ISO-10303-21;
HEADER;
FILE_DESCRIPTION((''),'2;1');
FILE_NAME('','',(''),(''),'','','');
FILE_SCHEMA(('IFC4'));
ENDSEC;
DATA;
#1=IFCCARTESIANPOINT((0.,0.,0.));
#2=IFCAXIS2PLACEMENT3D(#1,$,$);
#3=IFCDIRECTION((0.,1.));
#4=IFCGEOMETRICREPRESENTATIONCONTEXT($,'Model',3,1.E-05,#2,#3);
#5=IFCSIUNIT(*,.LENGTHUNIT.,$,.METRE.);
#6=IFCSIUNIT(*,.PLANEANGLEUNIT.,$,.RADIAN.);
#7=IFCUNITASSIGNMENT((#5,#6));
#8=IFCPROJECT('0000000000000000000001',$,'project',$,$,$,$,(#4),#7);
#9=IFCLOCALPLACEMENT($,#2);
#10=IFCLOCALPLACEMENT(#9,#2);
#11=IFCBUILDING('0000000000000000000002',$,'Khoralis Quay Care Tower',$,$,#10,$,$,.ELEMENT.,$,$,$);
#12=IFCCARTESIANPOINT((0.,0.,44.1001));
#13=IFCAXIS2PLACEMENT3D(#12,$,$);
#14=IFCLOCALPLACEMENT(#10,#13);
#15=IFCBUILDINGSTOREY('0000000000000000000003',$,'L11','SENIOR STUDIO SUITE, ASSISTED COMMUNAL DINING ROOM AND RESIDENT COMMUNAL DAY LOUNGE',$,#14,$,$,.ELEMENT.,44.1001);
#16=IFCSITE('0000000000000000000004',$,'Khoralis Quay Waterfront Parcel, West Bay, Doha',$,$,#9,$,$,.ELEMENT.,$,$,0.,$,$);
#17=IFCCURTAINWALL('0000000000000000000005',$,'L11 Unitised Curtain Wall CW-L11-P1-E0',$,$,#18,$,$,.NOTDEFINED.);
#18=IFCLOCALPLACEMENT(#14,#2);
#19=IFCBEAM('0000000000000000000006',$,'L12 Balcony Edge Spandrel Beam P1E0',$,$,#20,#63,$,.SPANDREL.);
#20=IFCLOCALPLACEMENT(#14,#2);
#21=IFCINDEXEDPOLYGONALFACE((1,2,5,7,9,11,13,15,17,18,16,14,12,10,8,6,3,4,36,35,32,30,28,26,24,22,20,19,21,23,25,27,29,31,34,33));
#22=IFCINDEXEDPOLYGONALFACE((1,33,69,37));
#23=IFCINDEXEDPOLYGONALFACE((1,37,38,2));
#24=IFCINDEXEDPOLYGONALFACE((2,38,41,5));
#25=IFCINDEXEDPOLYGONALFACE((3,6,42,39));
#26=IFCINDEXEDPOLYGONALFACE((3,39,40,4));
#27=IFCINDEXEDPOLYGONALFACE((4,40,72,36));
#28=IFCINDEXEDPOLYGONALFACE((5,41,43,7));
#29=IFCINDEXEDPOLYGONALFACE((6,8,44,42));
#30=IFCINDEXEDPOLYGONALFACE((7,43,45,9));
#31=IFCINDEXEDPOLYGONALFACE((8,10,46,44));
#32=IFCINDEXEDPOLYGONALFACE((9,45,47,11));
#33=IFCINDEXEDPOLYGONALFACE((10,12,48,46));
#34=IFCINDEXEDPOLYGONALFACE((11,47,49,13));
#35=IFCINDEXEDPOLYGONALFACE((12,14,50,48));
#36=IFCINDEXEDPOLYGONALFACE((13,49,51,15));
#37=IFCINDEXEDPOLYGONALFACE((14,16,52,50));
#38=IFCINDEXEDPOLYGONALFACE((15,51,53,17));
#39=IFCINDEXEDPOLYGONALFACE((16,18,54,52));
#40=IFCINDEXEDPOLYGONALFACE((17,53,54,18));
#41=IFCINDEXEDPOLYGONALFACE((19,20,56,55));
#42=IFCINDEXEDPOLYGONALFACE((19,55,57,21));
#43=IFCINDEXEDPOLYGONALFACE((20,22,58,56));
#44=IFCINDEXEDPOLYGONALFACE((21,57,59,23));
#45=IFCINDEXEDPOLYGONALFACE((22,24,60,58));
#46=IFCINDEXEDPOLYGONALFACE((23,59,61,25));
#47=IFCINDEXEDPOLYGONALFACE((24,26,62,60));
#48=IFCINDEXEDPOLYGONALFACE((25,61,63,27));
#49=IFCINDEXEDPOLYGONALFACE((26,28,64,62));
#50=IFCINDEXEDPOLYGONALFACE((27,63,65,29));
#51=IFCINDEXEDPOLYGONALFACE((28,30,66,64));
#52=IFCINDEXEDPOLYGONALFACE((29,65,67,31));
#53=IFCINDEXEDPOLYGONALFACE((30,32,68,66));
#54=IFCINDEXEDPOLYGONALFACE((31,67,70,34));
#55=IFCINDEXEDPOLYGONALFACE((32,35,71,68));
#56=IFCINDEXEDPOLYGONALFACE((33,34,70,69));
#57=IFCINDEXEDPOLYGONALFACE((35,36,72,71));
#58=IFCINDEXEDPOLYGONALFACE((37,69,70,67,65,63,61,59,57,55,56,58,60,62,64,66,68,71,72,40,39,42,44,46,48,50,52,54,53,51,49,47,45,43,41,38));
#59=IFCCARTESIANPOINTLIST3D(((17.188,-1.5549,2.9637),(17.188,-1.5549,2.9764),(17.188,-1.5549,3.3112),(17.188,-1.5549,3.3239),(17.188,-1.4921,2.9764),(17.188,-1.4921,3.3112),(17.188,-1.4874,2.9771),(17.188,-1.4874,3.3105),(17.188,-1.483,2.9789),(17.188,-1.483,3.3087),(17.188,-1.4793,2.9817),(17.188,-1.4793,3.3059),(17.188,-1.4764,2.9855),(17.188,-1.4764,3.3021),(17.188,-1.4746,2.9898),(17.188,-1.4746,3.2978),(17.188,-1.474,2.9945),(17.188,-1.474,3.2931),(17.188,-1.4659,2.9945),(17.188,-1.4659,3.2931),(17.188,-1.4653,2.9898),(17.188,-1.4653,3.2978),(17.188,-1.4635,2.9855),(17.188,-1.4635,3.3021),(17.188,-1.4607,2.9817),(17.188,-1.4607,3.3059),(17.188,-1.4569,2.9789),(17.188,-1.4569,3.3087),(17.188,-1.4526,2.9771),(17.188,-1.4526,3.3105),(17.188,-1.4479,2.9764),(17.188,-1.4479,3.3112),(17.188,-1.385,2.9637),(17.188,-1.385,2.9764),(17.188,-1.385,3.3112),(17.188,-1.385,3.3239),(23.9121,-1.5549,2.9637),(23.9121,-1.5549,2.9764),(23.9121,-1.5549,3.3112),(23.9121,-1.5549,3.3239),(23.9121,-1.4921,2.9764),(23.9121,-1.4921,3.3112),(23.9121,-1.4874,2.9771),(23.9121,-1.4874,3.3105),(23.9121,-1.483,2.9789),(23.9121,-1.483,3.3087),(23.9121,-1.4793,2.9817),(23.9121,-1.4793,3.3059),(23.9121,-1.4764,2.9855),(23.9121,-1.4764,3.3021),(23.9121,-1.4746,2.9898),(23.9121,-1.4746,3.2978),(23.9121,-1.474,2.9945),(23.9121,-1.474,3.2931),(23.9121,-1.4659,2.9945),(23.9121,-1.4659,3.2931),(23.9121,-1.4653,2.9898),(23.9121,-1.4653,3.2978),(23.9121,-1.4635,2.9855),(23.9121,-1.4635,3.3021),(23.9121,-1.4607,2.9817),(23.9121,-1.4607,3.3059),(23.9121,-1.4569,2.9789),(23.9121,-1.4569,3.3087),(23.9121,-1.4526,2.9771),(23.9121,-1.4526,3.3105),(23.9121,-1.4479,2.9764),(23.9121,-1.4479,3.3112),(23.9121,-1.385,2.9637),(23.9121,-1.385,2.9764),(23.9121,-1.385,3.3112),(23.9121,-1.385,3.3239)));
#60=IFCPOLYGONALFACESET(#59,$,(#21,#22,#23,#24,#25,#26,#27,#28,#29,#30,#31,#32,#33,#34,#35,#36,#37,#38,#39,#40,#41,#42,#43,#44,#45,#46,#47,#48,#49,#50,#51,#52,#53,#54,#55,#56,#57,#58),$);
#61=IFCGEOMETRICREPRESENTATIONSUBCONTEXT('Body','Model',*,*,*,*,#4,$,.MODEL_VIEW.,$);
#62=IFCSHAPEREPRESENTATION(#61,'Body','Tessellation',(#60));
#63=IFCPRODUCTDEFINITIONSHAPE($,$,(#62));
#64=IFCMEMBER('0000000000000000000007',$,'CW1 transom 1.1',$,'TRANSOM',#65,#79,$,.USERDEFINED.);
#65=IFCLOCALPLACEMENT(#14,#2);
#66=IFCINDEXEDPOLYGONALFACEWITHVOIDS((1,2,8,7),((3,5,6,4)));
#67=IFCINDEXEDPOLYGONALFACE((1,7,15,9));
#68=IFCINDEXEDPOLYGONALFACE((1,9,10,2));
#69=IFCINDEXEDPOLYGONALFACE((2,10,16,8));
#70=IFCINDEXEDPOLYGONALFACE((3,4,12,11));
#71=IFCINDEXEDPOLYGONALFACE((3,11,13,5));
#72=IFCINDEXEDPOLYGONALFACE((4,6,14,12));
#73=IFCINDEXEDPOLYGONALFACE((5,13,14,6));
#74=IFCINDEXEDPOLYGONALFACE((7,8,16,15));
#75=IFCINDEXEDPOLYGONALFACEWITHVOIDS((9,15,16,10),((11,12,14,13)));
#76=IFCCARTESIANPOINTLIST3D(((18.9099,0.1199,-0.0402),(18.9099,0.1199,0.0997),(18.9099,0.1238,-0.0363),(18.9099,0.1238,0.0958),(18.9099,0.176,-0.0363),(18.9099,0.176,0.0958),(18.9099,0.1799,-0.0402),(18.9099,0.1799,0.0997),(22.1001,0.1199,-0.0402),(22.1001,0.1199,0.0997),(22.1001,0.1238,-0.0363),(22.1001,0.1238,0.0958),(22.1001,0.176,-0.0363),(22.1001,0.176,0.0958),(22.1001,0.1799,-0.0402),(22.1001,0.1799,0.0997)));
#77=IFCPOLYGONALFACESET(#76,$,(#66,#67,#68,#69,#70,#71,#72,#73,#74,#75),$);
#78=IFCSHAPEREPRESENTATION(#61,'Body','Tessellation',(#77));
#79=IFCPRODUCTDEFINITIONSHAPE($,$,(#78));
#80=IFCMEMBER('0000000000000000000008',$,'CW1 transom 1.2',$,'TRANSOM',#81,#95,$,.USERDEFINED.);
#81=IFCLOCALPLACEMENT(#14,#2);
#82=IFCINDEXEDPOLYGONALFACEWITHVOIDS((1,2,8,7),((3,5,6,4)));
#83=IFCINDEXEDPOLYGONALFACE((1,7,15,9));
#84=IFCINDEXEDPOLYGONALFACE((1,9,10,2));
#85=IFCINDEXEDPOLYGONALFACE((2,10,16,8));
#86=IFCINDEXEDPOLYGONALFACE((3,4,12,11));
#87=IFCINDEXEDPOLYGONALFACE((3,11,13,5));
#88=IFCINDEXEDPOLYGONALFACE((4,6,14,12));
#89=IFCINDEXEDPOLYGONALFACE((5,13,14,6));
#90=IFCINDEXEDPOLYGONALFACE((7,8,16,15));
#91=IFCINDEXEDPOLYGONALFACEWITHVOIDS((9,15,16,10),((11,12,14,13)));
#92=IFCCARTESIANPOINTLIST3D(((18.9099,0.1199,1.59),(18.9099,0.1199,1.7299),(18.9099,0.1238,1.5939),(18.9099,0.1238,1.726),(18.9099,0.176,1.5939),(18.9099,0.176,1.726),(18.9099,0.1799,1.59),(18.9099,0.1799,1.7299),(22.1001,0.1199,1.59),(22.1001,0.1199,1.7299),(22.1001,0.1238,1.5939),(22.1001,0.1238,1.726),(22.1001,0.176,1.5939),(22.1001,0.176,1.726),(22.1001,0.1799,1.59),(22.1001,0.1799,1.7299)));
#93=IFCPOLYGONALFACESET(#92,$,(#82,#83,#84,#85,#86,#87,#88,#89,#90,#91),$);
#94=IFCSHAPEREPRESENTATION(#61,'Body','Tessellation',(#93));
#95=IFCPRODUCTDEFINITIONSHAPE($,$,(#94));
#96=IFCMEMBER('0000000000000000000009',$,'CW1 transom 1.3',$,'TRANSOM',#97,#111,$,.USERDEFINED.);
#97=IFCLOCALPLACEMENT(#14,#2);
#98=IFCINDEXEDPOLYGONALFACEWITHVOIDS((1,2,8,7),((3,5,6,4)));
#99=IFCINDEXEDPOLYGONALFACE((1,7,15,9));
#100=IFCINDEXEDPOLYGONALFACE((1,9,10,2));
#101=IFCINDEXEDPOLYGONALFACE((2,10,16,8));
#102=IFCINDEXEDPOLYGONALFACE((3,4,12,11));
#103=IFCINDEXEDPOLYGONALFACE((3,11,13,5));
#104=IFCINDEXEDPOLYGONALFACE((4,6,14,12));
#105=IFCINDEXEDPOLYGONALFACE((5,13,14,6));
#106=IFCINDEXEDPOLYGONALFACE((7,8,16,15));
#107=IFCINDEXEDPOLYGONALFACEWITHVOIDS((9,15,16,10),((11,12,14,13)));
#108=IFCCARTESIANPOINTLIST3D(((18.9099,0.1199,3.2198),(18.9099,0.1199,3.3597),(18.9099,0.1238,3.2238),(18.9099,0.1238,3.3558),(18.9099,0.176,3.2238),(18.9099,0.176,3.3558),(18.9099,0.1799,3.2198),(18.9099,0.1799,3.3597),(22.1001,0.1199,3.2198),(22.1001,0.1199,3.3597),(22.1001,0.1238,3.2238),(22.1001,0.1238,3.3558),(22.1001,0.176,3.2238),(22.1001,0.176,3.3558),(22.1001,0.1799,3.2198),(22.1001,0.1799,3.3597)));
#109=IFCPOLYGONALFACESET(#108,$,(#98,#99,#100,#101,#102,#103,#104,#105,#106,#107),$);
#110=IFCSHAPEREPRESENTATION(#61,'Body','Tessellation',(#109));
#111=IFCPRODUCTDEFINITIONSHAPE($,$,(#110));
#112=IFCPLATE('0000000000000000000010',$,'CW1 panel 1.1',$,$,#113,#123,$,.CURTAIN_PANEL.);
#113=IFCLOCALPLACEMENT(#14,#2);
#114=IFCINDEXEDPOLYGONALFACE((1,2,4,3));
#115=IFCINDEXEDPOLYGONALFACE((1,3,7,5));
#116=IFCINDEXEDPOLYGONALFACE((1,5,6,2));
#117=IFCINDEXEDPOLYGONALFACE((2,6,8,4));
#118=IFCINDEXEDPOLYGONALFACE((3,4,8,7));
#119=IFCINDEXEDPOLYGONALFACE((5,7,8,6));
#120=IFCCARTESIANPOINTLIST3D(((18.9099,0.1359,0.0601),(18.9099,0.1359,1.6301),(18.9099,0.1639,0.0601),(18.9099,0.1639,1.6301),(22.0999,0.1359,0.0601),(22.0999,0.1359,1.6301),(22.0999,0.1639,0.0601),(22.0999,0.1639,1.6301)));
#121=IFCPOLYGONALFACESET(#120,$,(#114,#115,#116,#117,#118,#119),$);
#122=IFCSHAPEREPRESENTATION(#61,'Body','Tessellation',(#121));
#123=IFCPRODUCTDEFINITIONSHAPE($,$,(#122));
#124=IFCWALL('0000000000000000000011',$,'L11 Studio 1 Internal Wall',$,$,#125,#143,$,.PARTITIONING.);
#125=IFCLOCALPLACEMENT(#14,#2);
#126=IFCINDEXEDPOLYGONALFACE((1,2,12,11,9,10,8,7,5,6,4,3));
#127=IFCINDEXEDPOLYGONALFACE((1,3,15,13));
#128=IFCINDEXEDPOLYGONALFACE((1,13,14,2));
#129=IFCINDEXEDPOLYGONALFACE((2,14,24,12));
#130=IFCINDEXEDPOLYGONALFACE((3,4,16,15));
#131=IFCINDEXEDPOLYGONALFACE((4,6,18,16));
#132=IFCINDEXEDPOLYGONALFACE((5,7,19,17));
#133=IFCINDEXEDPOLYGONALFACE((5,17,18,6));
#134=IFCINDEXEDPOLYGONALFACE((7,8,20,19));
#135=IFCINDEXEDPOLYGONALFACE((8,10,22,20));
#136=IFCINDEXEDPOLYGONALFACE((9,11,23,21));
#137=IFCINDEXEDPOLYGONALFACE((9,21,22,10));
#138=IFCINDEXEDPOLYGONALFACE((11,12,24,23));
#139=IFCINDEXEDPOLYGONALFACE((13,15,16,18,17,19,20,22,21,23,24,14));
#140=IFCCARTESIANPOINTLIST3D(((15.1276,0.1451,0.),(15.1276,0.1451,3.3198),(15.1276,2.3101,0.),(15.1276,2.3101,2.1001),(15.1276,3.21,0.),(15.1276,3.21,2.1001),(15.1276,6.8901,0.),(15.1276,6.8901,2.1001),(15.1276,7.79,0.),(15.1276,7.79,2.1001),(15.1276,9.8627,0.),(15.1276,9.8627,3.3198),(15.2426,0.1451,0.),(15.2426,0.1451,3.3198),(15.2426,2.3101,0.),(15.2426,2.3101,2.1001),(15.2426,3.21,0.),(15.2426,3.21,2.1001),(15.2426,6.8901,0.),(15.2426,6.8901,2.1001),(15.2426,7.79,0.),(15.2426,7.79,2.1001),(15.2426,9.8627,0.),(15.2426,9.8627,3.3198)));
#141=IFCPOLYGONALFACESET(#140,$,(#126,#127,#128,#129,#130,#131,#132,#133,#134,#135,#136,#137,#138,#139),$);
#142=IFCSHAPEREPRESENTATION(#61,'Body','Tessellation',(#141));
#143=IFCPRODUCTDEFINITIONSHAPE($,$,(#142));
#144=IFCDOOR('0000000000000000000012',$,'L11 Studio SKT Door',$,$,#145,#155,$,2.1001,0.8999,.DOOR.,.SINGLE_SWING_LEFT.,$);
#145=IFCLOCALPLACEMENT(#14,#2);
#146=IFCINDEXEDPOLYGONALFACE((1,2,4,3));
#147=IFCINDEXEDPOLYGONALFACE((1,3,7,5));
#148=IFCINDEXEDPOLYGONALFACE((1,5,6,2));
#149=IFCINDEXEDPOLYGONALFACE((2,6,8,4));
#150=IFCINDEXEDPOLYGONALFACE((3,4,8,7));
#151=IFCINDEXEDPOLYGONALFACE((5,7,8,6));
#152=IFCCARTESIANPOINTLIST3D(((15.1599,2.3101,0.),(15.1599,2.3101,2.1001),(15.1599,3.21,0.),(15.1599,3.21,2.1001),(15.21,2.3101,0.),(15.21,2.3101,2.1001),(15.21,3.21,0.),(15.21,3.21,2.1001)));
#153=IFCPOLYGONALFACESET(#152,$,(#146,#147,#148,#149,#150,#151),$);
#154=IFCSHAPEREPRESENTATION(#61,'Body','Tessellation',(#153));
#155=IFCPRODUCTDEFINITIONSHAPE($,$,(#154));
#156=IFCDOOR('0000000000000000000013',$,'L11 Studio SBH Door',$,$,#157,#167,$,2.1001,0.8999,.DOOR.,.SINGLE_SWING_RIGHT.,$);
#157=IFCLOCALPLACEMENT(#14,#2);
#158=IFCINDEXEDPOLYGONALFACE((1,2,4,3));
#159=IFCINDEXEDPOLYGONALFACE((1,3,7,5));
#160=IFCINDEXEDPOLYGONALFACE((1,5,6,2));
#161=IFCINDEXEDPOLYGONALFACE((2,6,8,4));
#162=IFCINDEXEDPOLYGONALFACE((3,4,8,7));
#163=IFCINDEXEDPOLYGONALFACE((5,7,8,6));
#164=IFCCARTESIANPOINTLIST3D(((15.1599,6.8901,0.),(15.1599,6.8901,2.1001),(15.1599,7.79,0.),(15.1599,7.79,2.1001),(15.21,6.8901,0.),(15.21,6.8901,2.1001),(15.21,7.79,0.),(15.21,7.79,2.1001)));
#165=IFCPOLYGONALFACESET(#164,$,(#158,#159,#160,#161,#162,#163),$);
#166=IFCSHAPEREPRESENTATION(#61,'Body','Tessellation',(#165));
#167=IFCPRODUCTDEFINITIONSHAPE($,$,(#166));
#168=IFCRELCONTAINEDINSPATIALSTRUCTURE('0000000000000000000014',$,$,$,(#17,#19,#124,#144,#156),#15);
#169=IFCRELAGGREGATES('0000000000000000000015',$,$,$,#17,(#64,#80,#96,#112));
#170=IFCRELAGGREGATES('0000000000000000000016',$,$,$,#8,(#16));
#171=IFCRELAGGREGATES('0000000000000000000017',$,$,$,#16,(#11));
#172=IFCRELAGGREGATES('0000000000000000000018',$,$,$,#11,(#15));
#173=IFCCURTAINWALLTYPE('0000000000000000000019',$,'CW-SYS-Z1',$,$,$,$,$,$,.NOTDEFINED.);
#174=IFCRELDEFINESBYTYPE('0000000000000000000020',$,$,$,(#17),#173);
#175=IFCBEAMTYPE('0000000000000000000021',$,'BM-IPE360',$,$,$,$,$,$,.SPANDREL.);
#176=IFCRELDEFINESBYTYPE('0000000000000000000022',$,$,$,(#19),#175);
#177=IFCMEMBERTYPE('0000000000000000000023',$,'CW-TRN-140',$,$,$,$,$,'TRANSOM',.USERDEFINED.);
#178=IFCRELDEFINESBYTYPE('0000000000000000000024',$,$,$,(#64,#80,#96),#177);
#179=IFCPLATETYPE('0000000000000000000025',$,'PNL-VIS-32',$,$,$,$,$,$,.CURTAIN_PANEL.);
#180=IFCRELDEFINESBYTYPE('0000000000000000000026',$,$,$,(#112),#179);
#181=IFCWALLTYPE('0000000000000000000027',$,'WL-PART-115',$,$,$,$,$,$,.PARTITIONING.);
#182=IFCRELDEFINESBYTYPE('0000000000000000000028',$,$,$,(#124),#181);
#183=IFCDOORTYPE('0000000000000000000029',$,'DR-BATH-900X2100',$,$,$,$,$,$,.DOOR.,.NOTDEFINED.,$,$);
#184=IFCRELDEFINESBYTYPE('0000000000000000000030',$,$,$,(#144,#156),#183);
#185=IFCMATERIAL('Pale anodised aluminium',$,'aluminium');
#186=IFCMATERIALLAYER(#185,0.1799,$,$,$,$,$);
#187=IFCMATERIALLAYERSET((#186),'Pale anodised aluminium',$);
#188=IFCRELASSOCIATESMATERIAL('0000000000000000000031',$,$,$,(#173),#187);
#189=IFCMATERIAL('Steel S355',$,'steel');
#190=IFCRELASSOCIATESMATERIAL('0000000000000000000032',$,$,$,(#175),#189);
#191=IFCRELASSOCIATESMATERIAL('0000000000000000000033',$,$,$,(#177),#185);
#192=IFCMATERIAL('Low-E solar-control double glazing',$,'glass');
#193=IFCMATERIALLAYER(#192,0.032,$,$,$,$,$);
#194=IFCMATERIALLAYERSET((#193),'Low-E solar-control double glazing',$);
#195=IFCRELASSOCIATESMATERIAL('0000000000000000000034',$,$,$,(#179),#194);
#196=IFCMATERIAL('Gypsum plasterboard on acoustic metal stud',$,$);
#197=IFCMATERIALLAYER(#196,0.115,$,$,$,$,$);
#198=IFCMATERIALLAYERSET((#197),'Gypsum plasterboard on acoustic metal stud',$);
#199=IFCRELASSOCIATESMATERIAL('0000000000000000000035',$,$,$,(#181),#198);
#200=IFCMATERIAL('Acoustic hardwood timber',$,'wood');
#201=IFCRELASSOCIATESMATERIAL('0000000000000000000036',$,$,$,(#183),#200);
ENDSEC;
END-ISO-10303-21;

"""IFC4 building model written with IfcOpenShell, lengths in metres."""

from ifc_helpers import new_model, si_unit, direction, frame, frame_2d, origin, origin_2d, place, context, subcontext, project, spatial, rectangle, hollow_rectangle, i_section, extrude, source, transform, mapped, material, layer, layer_set, material_profile, profile_set, type_object, element, fill, aggregate, save


model = new_model("IFC4")

# Units and contexts
model_context = context("Model", 3, precision=1e-05, world=origin(), true_north=direction((0.0, 1.0)))
body_context = subcontext(model_context, "Body", "Model", "MODEL_VIEW")
ifc_project = project(units=[si_unit("LENGTHUNIT", "METRE"), si_unit("PLANEANGLEUNIT", "RADIAN")], contexts=[model_context])

# Site, building, storey
site_placement = place(None, origin())
site = spatial("IfcSite", under=ifc_project, at=site_placement, Name="Khoralis Quay Waterfront Parcel, West Bay, Doha", CompositionType="ELEMENT", RefElevation=0.0)
building_placement = place(site_placement, origin())
building = spatial("IfcBuilding", under=site, at=building_placement, Name="Khoralis Quay Care Tower", CompositionType="ELEMENT")
storey_placement = place(building_placement, frame((0.0, 0.0, 44.1001)))
storey = spatial("IfcBuildingStorey", under=building, at=storey_placement, Name="L11", Description="SENIOR STUDIO SUITE, ASSISTED COMMUNAL DINING ROOM AND RESIDENT COMMUNAL DAY LOUNGE", CompositionType="ELEMENT", Elevation=44.1001)

# Shared definitions
ifc_material_1 = material(Name="Steel S355", Category="steel")

# Curtain wall
ifc_material_2 = material(Name="Pale anodised aluminium", Category="aluminium")
ifc_layer_1 = layer(ifc_material_2, 0.1799)
ifc_layer_set_1 = layer_set([ifc_layer_1], Name="Pale anodised aluminium")
curtain_wall_type = type_object("IfcCurtainWallType", Name="CW-SYS-Z1", PredefinedType="NOTDEFINED", material=ifc_layer_set_1)
curtain_wall_placement = place(storey_placement, origin())
curtain_wall = element("IfcCurtainWall", 1, at=curtain_wall_placement, inside=storey, type_object=curtain_wall_type, Name="L11 Unitised Curtain Wall CW-L11-P1-E0", PredefinedType="NOTDEFINED")

# Beam
ifc_material_profile_1 = material_profile(ifc_material_1, i_section(OverallWidth=0.1699, OverallDepth=0.3601, WebThickness=0.0081, FlangeThickness=0.0127, FilletRadius=0.0181, at=origin_2d()), Name="Steel S355")
ifc_profile_set_1 = profile_set([ifc_material_profile_1], Name="Steel S355")
beam_type_1 = type_object("IfcBeamType", Name="BM-IPE360", PredefinedType="SPANDREL", material=ifc_profile_set_1)
shared_shape_1 = source(origin(), body_context, "Body", "SweptSolid", [
    extrude(i_section(OverallWidth=0.1699, OverallDepth=0.3601, WebThickness=0.0081, FlangeThickness=0.0127, FilletRadius=0.0181, at=origin_2d()), origin(), (0.0, 0.0, 1.0), 6.7241),
])
beam_1_placement = place(storey_placement, frame((17.188, -1.47, 3.1438), z_axis=(1.0, 0.0, 0.0), x_axis=(0.0, 1.0, 0.0)))
element("IfcBeam", 2, at=beam_1_placement, inside=storey, type_object=beam_type_1, Name="L12 Balcony Edge Spandrel Beam P1E0", PredefinedType="SPANDREL", context=body_context, shape_type="MappedRepresentation", body=[
    mapped(shared_shape_1, transform((0.0, 0.0, 0.0), scale=1.0)),
])

# Members
ifc_material_profile_2 = material_profile(ifc_material_2, hollow_rectangle(XDim=0.0601, YDim=0.1399, WallThickness=0.0039, at=origin_2d()), Name="Pale anodised aluminium")
ifc_profile_set_2 = profile_set([ifc_material_profile_2], Name="Pale anodised aluminium")
member_type_1 = type_object("IfcMemberType", Name="CW-TRN-140", ElementType="TRANSOM", PredefinedType="USERDEFINED", material=ifc_profile_set_2)
shared_shape_2 = source(origin(), body_context, "Body", "SweptSolid", [
    extrude(hollow_rectangle(XDim=0.0601, YDim=0.1399, WallThickness=0.0039, at=origin_2d()), origin(), (0.0, 0.0, 1.0), 3.1902),
])
member_1_placement = place(storey_placement, frame((18.9099, 0.1499, 0.0298), z_axis=(1.0, 0.0, 0.0), x_axis=(0.0, 1.0, 0.0)))
member_1 = element("IfcMember", 3, at=member_1_placement, type_object=member_type_1, Name="CW1 transom 1.1", ObjectType="TRANSOM", PredefinedType="USERDEFINED", context=body_context, shape_type="MappedRepresentation", body=[
    mapped(shared_shape_2, transform((0.0, 0.0, 0.0), scale=1.0)),
])
member_2_placement = place(storey_placement, frame((18.9099, 0.1499, 1.6599), z_axis=(1.0, 0.0, 0.0), x_axis=(0.0, 1.0, 0.0)))
member_2 = element("IfcMember", 4, at=member_2_placement, type_object=member_type_1, Name="CW1 transom 1.2", ObjectType="TRANSOM", PredefinedType="USERDEFINED", context=body_context, shape_type="MappedRepresentation", body=[
    mapped(shared_shape_2, transform((0.0, 0.0, 0.0), scale=1.0)),
])
member_3_placement = place(storey_placement, frame((18.9099, 0.1499, 3.2898), z_axis=(1.0, 0.0, 0.0), x_axis=(0.0, 1.0, 0.0)))
member_3 = element("IfcMember", 5, at=member_3_placement, type_object=member_type_1, Name="CW1 transom 1.3", ObjectType="TRANSOM", PredefinedType="USERDEFINED", context=body_context, shape_type="MappedRepresentation", body=[
    mapped(shared_shape_2, transform((0.0, 0.0, 0.0), scale=1.0)),
])

# Plate
ifc_material_3 = material(Name="Low-E solar-control double glazing", Category="glass")
ifc_layer_2 = layer(ifc_material_3, 0.032)
ifc_layer_set_2 = layer_set([ifc_layer_2], Name="Low-E solar-control double glazing")
plate_type = type_object("IfcPlateType", Name="PNL-VIS-32", PredefinedType="CURTAIN_PANEL", material=ifc_layer_set_2)
shared_shape_3 = source(origin(), body_context, "Body", "SweptSolid", [
    extrude(rectangle(XDim=3.1899, YDim=0.0281, at=origin_2d()), origin(), (0.0, 0.0, 1.0), 1.5701),
])
plate_placement = place(storey_placement, frame((20.5049, 0.1499, 0.0601), z_axis=(0.0, 0.0, 1.0), x_axis=(1.0, 0.0, 0.0)))
plate = element("IfcPlate", 6, at=plate_placement, type_object=plate_type, Name="CW1 panel 1.1", PredefinedType="CURTAIN_PANEL", context=body_context, shape_type="MappedRepresentation", body=[
    mapped(shared_shape_3, transform((0.0, 0.0, 0.0), scale=1.0)),
])
aggregate(curtain_wall, [member_1, member_2, member_3, plate])

# Wall, openings, doors
ifc_material_4 = material(Name="Gypsum plasterboard on acoustic metal stud")
ifc_layer_3 = layer(ifc_material_4, 0.115)
ifc_layer_set_3 = layer_set([ifc_layer_3], Name="Gypsum plasterboard on acoustic metal stud")
wall_type_1 = type_object("IfcWallType", Name="WL-PART-115", PredefinedType="PARTITIONING", material=ifc_layer_set_3)
wall_1_placement = place(storey_placement, frame((15.1851, 0.145, 0.0), z_axis=(0.0, 0.0, 1.0), x_axis=(0.0, 1.0, 0.0)))
wall_1 = element("IfcWall", 7, at=wall_1_placement, inside=storey, type_object=wall_type_1, Name="L11 Studio 1 Internal Wall", PredefinedType="PARTITIONING", context=body_context, shape_type="SweptSolid", body=[
    extrude(rectangle(XDim=9.7175, YDim=0.115, at=frame_2d((4.8589, 0.0))), origin(), (0.0, 0.0, 1.0), 3.3198),
])
opening_1_placement = place(wall_1_placement, frame((2.165, 0.0, 0.0)))
opening_1 = element("IfcOpeningElement", 8, at=opening_1_placement, cuts=wall_1, PredefinedType="OPENING", context=body_context, shape_type="SweptSolid", body=[
    extrude(rectangle(XDim=0.8999, YDim=2.1001, at=frame_2d((0.45, 1.05))), frame((0.0, 0.0674, 0.0), z_axis=(0.0, -1.0, 0.0), x_axis=(1.0, 0.0, 0.0)), (0.0, 0.0, 1.0), 0.135),
])
opening_2_placement = place(wall_1_placement, frame((6.7451, 0.0, 0.0)))
opening_2 = element("IfcOpeningElement", 9, at=opening_2_placement, cuts=wall_1, PredefinedType="OPENING", context=body_context, shape_type="SweptSolid", body=[
    extrude(rectangle(XDim=0.8999, YDim=2.1001, at=frame_2d((0.45, 1.05))), frame((0.0, 0.0674, 0.0), z_axis=(0.0, -1.0, 0.0), x_axis=(1.0, 0.0, 0.0)), (0.0, 0.0, 1.0), 0.135),
])
ifc_material_5 = material(Name="Acoustic hardwood timber", Category="wood")
door_type = type_object("IfcDoorType", Name="DR-BATH-900X2100", OperationType="NOTDEFINED", PredefinedType="DOOR", material=ifc_material_5)
shared_shape_4 = source(origin(), body_context, "Body", "SweptSolid", [
    extrude(rectangle(XDim=0.8999, YDim=2.1001, at=frame_2d((0.45, 1.05))), frame((0.0, 0.0249, 0.0), z_axis=(0.0, -1.0, 0.0), x_axis=(1.0, 0.0, 0.0)), (0.0, 0.0, 1.0), 0.05),
])
door_1_placement = place(opening_1_placement, frame((0.8999, 0.0, 0.0), z_axis=(0.0, 0.0, 1.0), x_axis=(-1.0, 0.0, 0.0)))
door_1 = element("IfcDoor", 10, at=door_1_placement, inside=storey, type_object=door_type, Name="L11 Studio SKT Door", OperationType="SINGLE_SWING_LEFT", OverallHeight=2.1001, OverallWidth=0.8999, PredefinedType="DOOR", context=body_context, shape_type="MappedRepresentation", body=[
    mapped(shared_shape_4, transform((0.0, 0.0, 0.0), scale=1.0)),
])
fill(opening_1, door_1)
door_2_placement = place(opening_2_placement, frame((0.8999, 0.0, 0.0), z_axis=(0.0, 0.0, 1.0), x_axis=(-1.0, 0.0, 0.0)))
door_2 = element("IfcDoor", 11, at=door_2_placement, inside=storey, type_object=door_type, Name="L11 Studio SBH Door", OperationType="SINGLE_SWING_RIGHT", OverallHeight=2.1001, OverallWidth=0.8999, PredefinedType="DOOR", context=body_context, shape_type="MappedRepresentation", body=[
    mapped(shared_shape_4, transform((0.0, 0.0, 0.0), scale=1.0)),
])
fill(opening_2, door_2)

save(model, "model.ifc")
